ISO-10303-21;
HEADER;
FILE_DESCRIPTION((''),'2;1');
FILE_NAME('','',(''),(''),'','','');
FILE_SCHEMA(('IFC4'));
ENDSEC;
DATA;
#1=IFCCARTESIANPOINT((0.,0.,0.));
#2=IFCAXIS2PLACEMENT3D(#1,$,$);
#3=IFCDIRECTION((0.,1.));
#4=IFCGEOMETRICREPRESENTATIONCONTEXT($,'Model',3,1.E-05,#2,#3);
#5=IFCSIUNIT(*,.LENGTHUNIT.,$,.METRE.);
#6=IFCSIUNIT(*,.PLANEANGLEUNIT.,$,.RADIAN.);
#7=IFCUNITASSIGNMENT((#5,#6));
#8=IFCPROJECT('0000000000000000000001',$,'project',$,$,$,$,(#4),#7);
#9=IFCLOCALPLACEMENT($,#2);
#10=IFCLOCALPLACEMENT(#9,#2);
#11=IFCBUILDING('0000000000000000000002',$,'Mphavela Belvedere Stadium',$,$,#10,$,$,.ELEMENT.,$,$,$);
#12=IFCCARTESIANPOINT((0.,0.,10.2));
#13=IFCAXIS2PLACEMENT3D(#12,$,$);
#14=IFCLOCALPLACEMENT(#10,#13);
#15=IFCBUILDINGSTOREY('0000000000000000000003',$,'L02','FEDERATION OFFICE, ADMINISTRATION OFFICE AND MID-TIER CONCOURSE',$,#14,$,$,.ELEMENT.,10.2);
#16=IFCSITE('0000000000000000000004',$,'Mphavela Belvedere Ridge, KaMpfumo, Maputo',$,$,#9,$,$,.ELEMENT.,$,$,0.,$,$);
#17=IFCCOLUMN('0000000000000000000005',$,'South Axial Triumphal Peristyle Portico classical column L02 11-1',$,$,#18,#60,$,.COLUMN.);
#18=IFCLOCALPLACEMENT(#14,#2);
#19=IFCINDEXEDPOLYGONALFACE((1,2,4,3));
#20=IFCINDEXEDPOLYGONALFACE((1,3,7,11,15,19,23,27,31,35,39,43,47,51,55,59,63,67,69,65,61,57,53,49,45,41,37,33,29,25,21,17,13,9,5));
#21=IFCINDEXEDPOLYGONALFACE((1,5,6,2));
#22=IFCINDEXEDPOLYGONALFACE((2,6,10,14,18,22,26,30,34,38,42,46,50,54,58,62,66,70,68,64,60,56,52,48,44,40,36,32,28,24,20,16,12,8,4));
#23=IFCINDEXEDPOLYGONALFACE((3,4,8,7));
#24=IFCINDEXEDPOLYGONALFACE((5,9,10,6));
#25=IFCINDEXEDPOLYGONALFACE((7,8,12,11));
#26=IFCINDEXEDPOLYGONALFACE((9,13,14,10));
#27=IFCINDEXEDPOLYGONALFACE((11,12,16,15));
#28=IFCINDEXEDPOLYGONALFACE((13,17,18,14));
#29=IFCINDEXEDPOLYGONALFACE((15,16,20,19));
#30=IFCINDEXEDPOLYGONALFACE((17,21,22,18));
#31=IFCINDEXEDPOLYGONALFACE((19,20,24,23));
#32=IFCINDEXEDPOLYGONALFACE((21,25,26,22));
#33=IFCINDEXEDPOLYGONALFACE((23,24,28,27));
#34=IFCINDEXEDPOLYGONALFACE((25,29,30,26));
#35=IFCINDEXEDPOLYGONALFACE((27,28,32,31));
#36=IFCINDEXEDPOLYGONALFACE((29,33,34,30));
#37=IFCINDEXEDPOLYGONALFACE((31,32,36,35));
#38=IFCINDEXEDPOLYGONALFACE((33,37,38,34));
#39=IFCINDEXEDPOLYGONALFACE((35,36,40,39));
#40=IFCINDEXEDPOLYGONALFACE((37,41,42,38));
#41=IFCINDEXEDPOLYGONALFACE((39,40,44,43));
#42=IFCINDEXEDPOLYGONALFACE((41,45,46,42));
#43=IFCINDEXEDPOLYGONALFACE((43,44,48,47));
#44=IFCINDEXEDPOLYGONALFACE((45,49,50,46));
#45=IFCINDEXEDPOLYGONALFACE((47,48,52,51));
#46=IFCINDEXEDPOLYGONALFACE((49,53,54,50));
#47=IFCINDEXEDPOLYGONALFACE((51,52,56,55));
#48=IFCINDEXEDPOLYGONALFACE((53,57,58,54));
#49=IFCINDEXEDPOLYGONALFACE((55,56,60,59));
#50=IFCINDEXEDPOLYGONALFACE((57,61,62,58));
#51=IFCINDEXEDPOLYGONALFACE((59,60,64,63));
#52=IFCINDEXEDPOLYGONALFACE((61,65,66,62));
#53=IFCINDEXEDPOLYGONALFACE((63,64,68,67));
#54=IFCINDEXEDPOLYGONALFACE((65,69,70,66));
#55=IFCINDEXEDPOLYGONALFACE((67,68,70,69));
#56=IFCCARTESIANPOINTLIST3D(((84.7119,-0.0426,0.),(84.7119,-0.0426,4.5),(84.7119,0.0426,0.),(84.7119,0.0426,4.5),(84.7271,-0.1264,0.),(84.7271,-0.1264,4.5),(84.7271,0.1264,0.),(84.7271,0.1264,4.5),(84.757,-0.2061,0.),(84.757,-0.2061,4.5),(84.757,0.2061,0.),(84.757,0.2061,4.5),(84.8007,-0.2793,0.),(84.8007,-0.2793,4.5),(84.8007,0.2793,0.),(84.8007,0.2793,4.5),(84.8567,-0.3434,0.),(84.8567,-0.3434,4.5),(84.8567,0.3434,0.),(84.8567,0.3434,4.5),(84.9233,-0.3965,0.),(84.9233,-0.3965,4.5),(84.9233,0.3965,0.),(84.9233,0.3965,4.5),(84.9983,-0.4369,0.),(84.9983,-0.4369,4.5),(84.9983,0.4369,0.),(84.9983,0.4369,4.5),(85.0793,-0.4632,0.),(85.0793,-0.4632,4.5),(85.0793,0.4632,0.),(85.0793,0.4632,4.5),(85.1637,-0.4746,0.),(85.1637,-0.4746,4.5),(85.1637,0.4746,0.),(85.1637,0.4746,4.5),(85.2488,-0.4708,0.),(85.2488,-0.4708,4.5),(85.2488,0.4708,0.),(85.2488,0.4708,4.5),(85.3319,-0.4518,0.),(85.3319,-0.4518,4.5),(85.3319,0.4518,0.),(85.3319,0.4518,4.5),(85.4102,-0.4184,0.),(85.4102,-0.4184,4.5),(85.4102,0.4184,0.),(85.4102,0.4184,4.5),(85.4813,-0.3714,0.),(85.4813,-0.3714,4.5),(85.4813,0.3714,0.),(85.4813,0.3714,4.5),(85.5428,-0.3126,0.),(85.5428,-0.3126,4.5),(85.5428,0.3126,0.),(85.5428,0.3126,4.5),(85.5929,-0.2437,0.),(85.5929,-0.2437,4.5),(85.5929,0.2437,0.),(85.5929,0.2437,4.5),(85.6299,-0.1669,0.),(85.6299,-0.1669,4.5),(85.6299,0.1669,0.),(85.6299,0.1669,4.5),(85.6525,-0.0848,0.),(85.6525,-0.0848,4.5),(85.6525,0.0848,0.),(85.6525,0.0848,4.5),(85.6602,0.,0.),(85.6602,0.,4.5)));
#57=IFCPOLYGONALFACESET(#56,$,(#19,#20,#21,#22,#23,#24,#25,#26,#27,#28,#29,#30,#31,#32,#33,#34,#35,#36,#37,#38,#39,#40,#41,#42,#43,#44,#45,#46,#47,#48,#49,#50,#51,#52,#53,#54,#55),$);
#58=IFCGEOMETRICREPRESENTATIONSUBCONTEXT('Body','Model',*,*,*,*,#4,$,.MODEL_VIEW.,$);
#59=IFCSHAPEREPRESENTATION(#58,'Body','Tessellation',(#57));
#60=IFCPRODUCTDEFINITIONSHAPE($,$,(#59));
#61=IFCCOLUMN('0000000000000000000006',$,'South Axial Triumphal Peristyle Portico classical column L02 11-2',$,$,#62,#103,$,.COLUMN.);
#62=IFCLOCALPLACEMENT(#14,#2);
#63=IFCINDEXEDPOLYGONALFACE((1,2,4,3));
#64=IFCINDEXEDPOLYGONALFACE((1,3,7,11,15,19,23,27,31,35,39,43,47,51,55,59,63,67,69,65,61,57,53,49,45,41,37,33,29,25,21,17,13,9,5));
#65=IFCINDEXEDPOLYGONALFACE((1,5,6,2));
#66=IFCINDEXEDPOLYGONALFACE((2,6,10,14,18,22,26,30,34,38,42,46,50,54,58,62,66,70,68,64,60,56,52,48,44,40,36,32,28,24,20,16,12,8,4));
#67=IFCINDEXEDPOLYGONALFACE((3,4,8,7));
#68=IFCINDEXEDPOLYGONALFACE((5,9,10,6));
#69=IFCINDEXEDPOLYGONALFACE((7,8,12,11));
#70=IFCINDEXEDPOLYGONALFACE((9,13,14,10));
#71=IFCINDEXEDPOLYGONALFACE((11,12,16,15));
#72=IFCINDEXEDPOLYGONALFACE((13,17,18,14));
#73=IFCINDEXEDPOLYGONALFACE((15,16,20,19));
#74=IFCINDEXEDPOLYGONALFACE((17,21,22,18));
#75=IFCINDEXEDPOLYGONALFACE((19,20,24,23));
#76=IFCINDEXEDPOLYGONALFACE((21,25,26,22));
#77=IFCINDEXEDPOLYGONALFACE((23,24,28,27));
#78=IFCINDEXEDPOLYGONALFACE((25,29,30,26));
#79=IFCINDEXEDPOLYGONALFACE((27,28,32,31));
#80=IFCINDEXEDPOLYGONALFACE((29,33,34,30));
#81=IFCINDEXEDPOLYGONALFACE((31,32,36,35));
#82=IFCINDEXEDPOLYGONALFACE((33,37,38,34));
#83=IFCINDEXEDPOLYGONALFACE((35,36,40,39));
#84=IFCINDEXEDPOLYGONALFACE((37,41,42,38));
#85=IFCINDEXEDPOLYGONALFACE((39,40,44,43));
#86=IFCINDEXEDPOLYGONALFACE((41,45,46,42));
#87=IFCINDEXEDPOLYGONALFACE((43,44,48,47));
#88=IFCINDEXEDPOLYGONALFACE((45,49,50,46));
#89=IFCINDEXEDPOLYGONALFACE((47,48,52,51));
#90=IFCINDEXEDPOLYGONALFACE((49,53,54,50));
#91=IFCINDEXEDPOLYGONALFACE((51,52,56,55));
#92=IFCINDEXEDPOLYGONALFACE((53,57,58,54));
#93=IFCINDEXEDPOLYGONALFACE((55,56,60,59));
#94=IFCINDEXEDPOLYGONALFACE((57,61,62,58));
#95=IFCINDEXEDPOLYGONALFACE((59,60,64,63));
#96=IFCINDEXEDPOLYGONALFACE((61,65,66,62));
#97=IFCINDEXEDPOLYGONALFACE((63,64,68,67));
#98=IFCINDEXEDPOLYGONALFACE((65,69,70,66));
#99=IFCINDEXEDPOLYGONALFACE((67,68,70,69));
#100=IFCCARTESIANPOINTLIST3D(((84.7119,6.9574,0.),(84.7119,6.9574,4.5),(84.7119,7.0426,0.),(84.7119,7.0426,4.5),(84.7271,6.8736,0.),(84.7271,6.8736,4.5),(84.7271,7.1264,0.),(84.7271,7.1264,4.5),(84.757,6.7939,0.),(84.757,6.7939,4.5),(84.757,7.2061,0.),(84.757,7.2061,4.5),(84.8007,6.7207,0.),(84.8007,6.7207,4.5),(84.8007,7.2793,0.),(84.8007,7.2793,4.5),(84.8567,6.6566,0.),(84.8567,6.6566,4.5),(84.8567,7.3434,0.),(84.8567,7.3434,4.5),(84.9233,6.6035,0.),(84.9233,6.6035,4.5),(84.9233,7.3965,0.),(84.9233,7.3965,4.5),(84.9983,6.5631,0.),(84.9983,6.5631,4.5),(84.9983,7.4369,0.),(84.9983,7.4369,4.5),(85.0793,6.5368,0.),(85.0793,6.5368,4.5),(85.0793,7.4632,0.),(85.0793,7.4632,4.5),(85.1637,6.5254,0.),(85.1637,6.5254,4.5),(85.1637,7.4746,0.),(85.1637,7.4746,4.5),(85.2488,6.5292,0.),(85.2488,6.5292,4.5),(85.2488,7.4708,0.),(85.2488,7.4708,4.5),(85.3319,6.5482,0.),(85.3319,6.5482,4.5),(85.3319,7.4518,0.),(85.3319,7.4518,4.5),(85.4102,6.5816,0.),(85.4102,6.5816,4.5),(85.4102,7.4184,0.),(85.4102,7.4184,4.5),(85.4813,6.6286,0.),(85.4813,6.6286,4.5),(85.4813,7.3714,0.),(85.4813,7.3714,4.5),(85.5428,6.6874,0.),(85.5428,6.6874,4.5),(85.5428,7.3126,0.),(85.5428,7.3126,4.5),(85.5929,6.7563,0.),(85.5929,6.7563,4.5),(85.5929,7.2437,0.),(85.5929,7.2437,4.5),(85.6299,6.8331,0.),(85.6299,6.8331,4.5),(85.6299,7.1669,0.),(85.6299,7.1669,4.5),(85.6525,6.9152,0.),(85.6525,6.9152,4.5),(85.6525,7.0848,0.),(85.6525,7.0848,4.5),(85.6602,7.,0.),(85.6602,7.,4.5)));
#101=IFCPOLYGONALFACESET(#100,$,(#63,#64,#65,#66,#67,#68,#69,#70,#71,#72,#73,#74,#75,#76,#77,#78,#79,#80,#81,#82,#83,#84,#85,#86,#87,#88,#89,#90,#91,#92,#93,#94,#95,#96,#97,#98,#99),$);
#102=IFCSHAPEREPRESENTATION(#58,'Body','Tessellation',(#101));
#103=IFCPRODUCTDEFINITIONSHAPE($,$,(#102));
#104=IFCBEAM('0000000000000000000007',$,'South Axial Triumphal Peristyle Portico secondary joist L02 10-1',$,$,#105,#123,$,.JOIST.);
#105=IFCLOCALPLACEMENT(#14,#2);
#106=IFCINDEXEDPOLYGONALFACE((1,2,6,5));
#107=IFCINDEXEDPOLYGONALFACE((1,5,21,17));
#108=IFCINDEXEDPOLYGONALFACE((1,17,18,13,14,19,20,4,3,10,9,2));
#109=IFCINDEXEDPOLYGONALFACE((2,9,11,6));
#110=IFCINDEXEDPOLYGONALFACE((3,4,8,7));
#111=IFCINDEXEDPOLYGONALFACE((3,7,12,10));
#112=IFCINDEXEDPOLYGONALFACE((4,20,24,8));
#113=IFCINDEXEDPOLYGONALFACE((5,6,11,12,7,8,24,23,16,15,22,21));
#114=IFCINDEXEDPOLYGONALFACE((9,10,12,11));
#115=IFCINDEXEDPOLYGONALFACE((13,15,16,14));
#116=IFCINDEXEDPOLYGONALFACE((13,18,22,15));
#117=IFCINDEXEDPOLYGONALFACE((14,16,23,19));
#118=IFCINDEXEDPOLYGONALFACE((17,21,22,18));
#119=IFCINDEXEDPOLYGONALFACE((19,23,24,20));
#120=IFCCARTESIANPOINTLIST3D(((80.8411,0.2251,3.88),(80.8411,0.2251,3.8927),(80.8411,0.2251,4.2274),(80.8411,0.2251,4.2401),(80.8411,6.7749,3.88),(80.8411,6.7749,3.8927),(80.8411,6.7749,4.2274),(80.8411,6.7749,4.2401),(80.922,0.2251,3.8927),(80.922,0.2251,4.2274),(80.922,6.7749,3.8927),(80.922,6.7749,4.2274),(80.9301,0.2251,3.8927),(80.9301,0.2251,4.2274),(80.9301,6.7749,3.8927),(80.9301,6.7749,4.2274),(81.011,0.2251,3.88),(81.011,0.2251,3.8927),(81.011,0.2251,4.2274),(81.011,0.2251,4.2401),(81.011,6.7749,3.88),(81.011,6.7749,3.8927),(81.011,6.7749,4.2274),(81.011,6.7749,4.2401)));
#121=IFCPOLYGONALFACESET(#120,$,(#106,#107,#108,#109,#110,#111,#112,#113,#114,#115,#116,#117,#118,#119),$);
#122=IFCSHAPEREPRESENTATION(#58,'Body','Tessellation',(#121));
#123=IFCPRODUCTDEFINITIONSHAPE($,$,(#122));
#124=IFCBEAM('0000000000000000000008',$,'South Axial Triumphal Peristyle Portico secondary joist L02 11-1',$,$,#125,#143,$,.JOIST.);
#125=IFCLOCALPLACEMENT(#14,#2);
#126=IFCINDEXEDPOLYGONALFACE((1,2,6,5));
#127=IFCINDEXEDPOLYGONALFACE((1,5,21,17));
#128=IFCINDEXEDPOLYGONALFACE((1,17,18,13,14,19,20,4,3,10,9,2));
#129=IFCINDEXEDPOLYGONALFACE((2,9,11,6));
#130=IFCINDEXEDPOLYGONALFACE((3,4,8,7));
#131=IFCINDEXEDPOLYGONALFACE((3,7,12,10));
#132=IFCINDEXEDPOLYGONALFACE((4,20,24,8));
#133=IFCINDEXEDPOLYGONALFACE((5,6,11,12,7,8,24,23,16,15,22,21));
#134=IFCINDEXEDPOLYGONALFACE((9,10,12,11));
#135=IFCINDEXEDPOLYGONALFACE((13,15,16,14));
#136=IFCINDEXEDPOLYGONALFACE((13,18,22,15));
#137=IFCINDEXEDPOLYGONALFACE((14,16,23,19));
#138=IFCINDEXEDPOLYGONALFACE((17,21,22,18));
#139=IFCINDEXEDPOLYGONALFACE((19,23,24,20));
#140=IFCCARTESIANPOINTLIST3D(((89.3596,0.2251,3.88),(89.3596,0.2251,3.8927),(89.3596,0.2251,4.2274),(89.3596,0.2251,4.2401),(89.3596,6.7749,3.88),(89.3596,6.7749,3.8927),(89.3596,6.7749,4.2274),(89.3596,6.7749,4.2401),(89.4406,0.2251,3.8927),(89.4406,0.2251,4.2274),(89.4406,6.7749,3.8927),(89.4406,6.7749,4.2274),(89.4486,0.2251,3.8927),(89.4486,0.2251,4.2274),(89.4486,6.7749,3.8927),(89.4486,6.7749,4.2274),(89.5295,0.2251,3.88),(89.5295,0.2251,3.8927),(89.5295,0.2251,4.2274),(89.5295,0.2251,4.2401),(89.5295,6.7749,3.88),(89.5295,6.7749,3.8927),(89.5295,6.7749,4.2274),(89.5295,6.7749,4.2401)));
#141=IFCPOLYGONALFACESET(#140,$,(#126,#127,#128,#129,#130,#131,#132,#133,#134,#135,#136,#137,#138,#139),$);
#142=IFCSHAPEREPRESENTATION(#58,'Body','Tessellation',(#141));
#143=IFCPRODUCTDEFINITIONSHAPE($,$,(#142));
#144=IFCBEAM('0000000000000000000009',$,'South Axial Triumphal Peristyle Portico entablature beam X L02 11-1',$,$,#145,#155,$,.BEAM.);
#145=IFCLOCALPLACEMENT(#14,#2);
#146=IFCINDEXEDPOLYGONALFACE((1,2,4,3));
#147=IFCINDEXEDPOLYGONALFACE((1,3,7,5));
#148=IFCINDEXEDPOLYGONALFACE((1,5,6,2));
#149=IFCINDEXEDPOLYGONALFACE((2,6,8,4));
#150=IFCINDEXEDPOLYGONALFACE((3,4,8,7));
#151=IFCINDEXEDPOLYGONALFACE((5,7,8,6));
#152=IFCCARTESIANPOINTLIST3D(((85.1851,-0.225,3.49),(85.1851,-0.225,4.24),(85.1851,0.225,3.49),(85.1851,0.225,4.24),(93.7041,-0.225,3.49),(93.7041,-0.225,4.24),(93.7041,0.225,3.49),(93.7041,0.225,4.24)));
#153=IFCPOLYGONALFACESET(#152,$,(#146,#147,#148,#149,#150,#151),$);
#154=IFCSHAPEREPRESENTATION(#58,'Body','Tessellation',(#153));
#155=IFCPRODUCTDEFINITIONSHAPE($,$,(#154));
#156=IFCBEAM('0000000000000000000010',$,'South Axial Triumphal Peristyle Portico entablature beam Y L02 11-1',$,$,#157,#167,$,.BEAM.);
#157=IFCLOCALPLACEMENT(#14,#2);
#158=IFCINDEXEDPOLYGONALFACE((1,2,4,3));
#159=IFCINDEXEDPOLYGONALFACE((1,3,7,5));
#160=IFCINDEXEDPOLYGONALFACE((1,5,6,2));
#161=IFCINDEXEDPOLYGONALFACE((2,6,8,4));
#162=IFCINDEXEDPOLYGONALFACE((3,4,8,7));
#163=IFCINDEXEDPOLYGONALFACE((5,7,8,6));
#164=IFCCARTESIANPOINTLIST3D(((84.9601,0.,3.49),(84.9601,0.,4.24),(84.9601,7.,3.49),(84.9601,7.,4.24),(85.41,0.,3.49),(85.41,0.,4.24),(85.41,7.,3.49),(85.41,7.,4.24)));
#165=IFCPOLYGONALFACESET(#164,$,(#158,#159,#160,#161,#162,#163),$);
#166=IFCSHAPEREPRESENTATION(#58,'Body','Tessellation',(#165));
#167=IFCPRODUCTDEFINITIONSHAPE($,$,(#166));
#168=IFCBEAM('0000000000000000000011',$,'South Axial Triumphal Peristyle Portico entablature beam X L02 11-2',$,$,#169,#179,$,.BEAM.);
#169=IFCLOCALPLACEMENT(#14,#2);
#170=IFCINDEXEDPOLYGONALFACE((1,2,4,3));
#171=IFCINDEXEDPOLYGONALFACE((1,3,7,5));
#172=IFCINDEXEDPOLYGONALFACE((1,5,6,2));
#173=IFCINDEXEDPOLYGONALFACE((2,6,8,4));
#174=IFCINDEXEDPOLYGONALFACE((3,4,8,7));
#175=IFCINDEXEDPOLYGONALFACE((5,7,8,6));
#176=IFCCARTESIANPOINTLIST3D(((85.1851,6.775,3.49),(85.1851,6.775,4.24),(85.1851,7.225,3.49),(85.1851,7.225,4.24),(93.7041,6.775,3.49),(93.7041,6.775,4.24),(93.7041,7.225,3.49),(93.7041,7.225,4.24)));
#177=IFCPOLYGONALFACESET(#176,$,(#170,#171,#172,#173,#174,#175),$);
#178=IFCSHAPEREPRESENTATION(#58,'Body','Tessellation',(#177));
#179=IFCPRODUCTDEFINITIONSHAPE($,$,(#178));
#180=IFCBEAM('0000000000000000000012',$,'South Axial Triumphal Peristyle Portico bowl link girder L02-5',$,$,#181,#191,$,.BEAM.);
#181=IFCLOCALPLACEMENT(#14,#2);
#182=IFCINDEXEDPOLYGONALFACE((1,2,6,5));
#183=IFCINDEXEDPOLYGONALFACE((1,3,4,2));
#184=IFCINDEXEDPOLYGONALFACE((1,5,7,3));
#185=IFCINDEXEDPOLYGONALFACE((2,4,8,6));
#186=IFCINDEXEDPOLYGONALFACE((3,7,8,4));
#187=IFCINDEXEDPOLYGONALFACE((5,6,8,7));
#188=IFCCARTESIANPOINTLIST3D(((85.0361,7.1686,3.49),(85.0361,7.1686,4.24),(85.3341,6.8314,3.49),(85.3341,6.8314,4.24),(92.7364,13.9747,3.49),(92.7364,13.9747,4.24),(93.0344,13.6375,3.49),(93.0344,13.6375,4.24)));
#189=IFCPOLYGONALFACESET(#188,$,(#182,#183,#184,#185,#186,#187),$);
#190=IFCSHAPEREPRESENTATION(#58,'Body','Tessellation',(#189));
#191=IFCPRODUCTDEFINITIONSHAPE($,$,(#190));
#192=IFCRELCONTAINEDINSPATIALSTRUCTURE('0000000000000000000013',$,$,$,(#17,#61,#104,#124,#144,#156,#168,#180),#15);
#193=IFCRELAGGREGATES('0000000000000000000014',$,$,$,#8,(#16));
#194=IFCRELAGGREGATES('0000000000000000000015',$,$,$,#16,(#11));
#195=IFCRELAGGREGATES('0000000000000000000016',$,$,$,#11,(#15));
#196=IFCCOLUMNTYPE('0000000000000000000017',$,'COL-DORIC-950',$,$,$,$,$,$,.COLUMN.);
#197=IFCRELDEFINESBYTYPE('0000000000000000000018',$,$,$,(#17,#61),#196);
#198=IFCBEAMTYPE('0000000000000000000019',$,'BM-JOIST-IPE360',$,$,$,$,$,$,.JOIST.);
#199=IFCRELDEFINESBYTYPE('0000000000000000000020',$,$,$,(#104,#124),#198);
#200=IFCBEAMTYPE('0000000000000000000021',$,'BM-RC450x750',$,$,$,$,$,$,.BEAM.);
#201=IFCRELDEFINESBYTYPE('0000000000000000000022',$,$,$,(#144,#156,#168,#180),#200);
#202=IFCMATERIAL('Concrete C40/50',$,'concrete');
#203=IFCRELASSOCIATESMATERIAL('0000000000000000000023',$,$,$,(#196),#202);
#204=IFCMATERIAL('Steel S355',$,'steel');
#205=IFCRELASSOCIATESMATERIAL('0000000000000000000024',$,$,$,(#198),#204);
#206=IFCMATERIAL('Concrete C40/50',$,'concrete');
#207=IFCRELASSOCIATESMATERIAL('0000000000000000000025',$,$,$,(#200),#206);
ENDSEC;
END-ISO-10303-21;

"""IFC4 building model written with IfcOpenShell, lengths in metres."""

from ifc_helpers import new_model, si_unit, direction, frame, origin, origin_2d, place, context, subcontext, project, spatial, rectangle, circle, i_section, extrude, material, material_profile, profile_set, type_object, element, save


model = new_model("IFC4")

# Units and contexts
model_context = context("Model", 3, precision=1e-05, world=origin(), true_north=direction((0.0, 1.0)))
body_context = subcontext(model_context, "Body", "Model", "MODEL_VIEW")
ifc_project = project(units=[si_unit("LENGTHUNIT", "METRE"), si_unit("PLANEANGLEUNIT", "RADIAN")], contexts=[model_context])

# Site, building, storey
site_placement = place(None, origin())
site = spatial("IfcSite", under=ifc_project, at=site_placement, Name="Mphavela Belvedere Ridge, KaMpfumo, Maputo", CompositionType="ELEMENT", RefElevation=0.0)
building_placement = place(site_placement, origin())
building = spatial("IfcBuilding", under=site, at=building_placement, Name="Mphavela Belvedere Stadium", CompositionType="ELEMENT")
storey_placement = place(building_placement, frame((0.0, 0.0, 10.2)))
storey = spatial("IfcBuildingStorey", under=building, at=storey_placement, Name="L02", Description="FEDERATION OFFICE, ADMINISTRATION OFFICE AND MID-TIER CONCOURSE", CompositionType="ELEMENT", Elevation=10.2)

# Columns
ifc_material_1 = material(Name="Concrete C40/50", Category="concrete")
ifc_material_profile_1 = material_profile(ifc_material_1, circle(Radius=0.4751, at=origin_2d()), Name="COL D950")
ifc_profile_set_1 = profile_set([ifc_material_profile_1], Name="Concrete C40/50")
column_type = type_object("IfcColumnType", Name="COL-DORIC-950", PredefinedType="COLUMN", material=ifc_profile_set_1)
for number, where, z_axis, x_axis, name in (
    (1, (85.1851, 0.0, 0.0), (0.0, 0.0, 1.0), (1.0, 0.0, 0.0), "South Axial Triumphal Peristyle Portico classical column L02 11-1"),
    (2, (85.1851, 7.0, 0.0), (0.0, 0.0, 1.0), (1.0, 0.0, 0.0), "South Axial Triumphal Peristyle Portico classical column L02 11-2"),
):
    element("IfcColumn", number, at=place(storey_placement, frame(where, z_axis=z_axis, x_axis=x_axis)), inside=storey, type_object=column_type, Name=name, PredefinedType="COLUMN", context=body_context, shape_type="SweptSolid", body=[
        extrude(circle(Radius=0.4751, at=origin_2d()), origin(), (0.0, 0.0, 1.0), 4.5),
    ])

# Beams
ifc_material_2 = material(Name="Steel S355", Category="steel")
ifc_material_profile_2 = material_profile(ifc_material_2, i_section(OverallWidth=0.1699, OverallDepth=0.3601, WebThickness=0.0081, FlangeThickness=0.0127, at=origin_2d()), Name="IPE 360")
ifc_profile_set_2 = profile_set([ifc_material_profile_2], Name="Steel S355")
beam_type_1 = type_object("IfcBeamType", Name="BM-JOIST-IPE360", PredefinedType="JOIST", material=ifc_profile_set_2)
for number, where, z_axis, x_axis, name in (
    (3, (80.926, 0.2251, 4.0601), (0.0, 1.0, 0.0), (-1.0, 0.0, 0.0), "South Axial Triumphal Peristyle Portico secondary joist L02 10-1"),
    (4, (89.4446, 0.2251, 4.0601), (0.0, 1.0, 0.0), (-1.0, 0.0, 0.0), "South Axial Triumphal Peristyle Portico secondary joist L02 11-1"),
):
    element("IfcBeam", number, at=place(storey_placement, frame(where, z_axis=z_axis, x_axis=x_axis)), inside=storey, type_object=beam_type_1, Name=name, PredefinedType="JOIST", context=body_context, shape_type="SweptSolid", body=[
        extrude(i_section(OverallWidth=0.1699, OverallDepth=0.3601, WebThickness=0.0081, FlangeThickness=0.0127, at=origin_2d()), origin(), (0.0, 0.0, 1.0), 6.5498),
    ])
ifc_material_3 = material(Name="Concrete C40/50", Category="concrete")
ifc_material_profile_3 = material_profile(ifc_material_3, rectangle(XDim=0.45, YDim=0.75, at=origin_2d()), Name="RC 450x750")
ifc_profile_set_3 = profile_set([ifc_material_profile_3], Name="Concrete C40/50")
beam_type_2 = type_object("IfcBeamType", Name="BM-RC450x750", PredefinedType="BEAM", material=ifc_profile_set_3)
beam_1_placement = place(storey_placement, frame((85.1851, 0.0, 3.865), z_axis=(1.0, 0.0, 0.0), x_axis=(0.0, 1.0, 0.0)))
element("IfcBeam", 5, at=beam_1_placement, inside=storey, type_object=beam_type_2, Name="South Axial Triumphal Peristyle Portico entablature beam X L02 11-1", PredefinedType="BEAM", context=body_context, shape_type="SweptSolid", body=[
    extrude(rectangle(XDim=0.45, YDim=0.75, at=origin_2d()), origin(), (0.0, 0.0, 1.0), 8.519),
])
beam_2_placement = place(storey_placement, frame((85.1851, 0.0, 3.865), z_axis=(0.0, 1.0, 0.0), x_axis=(-1.0, 0.0, 0.0)))
element("IfcBeam", 6, at=beam_2_placement, inside=storey, type_object=beam_type_2, Name="South Axial Triumphal Peristyle Portico entablature beam Y L02 11-1", PredefinedType="BEAM", context=body_context, shape_type="SweptSolid", body=[
    extrude(rectangle(XDim=0.45, YDim=0.75, at=origin_2d()), origin(), (0.0, 0.0, 1.0), 7.0),
])
beam_3_placement = place(storey_placement, frame((85.1851, 7.0, 3.865), z_axis=(1.0, 0.0, 0.0), x_axis=(0.0, 1.0, 0.0)))
element("IfcBeam", 7, at=beam_3_placement, inside=storey, type_object=beam_type_2, Name="South Axial Triumphal Peristyle Portico entablature beam X L02 11-2", PredefinedType="BEAM", context=body_context, shape_type="SweptSolid", body=[
    extrude(rectangle(XDim=0.45, YDim=0.75, at=origin_2d()), origin(), (0.0, 0.0, 1.0), 8.519),
])
beam_4_placement = place(storey_placement, frame((85.1851, 7.0, 3.865), z_axis=(0.749275, 0.662259, 0.0), x_axis=(-0.662259, 0.749275, 0.0)))
element("IfcBeam", 8, at=beam_4_placement, inside=storey, type_object=beam_type_2, Name="South Axial Triumphal Peristyle Portico bowl link girder L02-5", PredefinedType="BEAM", context=body_context, shape_type="SweptSolid", body=[
    extrude(rectangle(XDim=0.45, YDim=0.75, at=origin_2d()), origin(), (0.0, 0.0, 1.0), 10.2771),
])

save(model, "model.ifc")
